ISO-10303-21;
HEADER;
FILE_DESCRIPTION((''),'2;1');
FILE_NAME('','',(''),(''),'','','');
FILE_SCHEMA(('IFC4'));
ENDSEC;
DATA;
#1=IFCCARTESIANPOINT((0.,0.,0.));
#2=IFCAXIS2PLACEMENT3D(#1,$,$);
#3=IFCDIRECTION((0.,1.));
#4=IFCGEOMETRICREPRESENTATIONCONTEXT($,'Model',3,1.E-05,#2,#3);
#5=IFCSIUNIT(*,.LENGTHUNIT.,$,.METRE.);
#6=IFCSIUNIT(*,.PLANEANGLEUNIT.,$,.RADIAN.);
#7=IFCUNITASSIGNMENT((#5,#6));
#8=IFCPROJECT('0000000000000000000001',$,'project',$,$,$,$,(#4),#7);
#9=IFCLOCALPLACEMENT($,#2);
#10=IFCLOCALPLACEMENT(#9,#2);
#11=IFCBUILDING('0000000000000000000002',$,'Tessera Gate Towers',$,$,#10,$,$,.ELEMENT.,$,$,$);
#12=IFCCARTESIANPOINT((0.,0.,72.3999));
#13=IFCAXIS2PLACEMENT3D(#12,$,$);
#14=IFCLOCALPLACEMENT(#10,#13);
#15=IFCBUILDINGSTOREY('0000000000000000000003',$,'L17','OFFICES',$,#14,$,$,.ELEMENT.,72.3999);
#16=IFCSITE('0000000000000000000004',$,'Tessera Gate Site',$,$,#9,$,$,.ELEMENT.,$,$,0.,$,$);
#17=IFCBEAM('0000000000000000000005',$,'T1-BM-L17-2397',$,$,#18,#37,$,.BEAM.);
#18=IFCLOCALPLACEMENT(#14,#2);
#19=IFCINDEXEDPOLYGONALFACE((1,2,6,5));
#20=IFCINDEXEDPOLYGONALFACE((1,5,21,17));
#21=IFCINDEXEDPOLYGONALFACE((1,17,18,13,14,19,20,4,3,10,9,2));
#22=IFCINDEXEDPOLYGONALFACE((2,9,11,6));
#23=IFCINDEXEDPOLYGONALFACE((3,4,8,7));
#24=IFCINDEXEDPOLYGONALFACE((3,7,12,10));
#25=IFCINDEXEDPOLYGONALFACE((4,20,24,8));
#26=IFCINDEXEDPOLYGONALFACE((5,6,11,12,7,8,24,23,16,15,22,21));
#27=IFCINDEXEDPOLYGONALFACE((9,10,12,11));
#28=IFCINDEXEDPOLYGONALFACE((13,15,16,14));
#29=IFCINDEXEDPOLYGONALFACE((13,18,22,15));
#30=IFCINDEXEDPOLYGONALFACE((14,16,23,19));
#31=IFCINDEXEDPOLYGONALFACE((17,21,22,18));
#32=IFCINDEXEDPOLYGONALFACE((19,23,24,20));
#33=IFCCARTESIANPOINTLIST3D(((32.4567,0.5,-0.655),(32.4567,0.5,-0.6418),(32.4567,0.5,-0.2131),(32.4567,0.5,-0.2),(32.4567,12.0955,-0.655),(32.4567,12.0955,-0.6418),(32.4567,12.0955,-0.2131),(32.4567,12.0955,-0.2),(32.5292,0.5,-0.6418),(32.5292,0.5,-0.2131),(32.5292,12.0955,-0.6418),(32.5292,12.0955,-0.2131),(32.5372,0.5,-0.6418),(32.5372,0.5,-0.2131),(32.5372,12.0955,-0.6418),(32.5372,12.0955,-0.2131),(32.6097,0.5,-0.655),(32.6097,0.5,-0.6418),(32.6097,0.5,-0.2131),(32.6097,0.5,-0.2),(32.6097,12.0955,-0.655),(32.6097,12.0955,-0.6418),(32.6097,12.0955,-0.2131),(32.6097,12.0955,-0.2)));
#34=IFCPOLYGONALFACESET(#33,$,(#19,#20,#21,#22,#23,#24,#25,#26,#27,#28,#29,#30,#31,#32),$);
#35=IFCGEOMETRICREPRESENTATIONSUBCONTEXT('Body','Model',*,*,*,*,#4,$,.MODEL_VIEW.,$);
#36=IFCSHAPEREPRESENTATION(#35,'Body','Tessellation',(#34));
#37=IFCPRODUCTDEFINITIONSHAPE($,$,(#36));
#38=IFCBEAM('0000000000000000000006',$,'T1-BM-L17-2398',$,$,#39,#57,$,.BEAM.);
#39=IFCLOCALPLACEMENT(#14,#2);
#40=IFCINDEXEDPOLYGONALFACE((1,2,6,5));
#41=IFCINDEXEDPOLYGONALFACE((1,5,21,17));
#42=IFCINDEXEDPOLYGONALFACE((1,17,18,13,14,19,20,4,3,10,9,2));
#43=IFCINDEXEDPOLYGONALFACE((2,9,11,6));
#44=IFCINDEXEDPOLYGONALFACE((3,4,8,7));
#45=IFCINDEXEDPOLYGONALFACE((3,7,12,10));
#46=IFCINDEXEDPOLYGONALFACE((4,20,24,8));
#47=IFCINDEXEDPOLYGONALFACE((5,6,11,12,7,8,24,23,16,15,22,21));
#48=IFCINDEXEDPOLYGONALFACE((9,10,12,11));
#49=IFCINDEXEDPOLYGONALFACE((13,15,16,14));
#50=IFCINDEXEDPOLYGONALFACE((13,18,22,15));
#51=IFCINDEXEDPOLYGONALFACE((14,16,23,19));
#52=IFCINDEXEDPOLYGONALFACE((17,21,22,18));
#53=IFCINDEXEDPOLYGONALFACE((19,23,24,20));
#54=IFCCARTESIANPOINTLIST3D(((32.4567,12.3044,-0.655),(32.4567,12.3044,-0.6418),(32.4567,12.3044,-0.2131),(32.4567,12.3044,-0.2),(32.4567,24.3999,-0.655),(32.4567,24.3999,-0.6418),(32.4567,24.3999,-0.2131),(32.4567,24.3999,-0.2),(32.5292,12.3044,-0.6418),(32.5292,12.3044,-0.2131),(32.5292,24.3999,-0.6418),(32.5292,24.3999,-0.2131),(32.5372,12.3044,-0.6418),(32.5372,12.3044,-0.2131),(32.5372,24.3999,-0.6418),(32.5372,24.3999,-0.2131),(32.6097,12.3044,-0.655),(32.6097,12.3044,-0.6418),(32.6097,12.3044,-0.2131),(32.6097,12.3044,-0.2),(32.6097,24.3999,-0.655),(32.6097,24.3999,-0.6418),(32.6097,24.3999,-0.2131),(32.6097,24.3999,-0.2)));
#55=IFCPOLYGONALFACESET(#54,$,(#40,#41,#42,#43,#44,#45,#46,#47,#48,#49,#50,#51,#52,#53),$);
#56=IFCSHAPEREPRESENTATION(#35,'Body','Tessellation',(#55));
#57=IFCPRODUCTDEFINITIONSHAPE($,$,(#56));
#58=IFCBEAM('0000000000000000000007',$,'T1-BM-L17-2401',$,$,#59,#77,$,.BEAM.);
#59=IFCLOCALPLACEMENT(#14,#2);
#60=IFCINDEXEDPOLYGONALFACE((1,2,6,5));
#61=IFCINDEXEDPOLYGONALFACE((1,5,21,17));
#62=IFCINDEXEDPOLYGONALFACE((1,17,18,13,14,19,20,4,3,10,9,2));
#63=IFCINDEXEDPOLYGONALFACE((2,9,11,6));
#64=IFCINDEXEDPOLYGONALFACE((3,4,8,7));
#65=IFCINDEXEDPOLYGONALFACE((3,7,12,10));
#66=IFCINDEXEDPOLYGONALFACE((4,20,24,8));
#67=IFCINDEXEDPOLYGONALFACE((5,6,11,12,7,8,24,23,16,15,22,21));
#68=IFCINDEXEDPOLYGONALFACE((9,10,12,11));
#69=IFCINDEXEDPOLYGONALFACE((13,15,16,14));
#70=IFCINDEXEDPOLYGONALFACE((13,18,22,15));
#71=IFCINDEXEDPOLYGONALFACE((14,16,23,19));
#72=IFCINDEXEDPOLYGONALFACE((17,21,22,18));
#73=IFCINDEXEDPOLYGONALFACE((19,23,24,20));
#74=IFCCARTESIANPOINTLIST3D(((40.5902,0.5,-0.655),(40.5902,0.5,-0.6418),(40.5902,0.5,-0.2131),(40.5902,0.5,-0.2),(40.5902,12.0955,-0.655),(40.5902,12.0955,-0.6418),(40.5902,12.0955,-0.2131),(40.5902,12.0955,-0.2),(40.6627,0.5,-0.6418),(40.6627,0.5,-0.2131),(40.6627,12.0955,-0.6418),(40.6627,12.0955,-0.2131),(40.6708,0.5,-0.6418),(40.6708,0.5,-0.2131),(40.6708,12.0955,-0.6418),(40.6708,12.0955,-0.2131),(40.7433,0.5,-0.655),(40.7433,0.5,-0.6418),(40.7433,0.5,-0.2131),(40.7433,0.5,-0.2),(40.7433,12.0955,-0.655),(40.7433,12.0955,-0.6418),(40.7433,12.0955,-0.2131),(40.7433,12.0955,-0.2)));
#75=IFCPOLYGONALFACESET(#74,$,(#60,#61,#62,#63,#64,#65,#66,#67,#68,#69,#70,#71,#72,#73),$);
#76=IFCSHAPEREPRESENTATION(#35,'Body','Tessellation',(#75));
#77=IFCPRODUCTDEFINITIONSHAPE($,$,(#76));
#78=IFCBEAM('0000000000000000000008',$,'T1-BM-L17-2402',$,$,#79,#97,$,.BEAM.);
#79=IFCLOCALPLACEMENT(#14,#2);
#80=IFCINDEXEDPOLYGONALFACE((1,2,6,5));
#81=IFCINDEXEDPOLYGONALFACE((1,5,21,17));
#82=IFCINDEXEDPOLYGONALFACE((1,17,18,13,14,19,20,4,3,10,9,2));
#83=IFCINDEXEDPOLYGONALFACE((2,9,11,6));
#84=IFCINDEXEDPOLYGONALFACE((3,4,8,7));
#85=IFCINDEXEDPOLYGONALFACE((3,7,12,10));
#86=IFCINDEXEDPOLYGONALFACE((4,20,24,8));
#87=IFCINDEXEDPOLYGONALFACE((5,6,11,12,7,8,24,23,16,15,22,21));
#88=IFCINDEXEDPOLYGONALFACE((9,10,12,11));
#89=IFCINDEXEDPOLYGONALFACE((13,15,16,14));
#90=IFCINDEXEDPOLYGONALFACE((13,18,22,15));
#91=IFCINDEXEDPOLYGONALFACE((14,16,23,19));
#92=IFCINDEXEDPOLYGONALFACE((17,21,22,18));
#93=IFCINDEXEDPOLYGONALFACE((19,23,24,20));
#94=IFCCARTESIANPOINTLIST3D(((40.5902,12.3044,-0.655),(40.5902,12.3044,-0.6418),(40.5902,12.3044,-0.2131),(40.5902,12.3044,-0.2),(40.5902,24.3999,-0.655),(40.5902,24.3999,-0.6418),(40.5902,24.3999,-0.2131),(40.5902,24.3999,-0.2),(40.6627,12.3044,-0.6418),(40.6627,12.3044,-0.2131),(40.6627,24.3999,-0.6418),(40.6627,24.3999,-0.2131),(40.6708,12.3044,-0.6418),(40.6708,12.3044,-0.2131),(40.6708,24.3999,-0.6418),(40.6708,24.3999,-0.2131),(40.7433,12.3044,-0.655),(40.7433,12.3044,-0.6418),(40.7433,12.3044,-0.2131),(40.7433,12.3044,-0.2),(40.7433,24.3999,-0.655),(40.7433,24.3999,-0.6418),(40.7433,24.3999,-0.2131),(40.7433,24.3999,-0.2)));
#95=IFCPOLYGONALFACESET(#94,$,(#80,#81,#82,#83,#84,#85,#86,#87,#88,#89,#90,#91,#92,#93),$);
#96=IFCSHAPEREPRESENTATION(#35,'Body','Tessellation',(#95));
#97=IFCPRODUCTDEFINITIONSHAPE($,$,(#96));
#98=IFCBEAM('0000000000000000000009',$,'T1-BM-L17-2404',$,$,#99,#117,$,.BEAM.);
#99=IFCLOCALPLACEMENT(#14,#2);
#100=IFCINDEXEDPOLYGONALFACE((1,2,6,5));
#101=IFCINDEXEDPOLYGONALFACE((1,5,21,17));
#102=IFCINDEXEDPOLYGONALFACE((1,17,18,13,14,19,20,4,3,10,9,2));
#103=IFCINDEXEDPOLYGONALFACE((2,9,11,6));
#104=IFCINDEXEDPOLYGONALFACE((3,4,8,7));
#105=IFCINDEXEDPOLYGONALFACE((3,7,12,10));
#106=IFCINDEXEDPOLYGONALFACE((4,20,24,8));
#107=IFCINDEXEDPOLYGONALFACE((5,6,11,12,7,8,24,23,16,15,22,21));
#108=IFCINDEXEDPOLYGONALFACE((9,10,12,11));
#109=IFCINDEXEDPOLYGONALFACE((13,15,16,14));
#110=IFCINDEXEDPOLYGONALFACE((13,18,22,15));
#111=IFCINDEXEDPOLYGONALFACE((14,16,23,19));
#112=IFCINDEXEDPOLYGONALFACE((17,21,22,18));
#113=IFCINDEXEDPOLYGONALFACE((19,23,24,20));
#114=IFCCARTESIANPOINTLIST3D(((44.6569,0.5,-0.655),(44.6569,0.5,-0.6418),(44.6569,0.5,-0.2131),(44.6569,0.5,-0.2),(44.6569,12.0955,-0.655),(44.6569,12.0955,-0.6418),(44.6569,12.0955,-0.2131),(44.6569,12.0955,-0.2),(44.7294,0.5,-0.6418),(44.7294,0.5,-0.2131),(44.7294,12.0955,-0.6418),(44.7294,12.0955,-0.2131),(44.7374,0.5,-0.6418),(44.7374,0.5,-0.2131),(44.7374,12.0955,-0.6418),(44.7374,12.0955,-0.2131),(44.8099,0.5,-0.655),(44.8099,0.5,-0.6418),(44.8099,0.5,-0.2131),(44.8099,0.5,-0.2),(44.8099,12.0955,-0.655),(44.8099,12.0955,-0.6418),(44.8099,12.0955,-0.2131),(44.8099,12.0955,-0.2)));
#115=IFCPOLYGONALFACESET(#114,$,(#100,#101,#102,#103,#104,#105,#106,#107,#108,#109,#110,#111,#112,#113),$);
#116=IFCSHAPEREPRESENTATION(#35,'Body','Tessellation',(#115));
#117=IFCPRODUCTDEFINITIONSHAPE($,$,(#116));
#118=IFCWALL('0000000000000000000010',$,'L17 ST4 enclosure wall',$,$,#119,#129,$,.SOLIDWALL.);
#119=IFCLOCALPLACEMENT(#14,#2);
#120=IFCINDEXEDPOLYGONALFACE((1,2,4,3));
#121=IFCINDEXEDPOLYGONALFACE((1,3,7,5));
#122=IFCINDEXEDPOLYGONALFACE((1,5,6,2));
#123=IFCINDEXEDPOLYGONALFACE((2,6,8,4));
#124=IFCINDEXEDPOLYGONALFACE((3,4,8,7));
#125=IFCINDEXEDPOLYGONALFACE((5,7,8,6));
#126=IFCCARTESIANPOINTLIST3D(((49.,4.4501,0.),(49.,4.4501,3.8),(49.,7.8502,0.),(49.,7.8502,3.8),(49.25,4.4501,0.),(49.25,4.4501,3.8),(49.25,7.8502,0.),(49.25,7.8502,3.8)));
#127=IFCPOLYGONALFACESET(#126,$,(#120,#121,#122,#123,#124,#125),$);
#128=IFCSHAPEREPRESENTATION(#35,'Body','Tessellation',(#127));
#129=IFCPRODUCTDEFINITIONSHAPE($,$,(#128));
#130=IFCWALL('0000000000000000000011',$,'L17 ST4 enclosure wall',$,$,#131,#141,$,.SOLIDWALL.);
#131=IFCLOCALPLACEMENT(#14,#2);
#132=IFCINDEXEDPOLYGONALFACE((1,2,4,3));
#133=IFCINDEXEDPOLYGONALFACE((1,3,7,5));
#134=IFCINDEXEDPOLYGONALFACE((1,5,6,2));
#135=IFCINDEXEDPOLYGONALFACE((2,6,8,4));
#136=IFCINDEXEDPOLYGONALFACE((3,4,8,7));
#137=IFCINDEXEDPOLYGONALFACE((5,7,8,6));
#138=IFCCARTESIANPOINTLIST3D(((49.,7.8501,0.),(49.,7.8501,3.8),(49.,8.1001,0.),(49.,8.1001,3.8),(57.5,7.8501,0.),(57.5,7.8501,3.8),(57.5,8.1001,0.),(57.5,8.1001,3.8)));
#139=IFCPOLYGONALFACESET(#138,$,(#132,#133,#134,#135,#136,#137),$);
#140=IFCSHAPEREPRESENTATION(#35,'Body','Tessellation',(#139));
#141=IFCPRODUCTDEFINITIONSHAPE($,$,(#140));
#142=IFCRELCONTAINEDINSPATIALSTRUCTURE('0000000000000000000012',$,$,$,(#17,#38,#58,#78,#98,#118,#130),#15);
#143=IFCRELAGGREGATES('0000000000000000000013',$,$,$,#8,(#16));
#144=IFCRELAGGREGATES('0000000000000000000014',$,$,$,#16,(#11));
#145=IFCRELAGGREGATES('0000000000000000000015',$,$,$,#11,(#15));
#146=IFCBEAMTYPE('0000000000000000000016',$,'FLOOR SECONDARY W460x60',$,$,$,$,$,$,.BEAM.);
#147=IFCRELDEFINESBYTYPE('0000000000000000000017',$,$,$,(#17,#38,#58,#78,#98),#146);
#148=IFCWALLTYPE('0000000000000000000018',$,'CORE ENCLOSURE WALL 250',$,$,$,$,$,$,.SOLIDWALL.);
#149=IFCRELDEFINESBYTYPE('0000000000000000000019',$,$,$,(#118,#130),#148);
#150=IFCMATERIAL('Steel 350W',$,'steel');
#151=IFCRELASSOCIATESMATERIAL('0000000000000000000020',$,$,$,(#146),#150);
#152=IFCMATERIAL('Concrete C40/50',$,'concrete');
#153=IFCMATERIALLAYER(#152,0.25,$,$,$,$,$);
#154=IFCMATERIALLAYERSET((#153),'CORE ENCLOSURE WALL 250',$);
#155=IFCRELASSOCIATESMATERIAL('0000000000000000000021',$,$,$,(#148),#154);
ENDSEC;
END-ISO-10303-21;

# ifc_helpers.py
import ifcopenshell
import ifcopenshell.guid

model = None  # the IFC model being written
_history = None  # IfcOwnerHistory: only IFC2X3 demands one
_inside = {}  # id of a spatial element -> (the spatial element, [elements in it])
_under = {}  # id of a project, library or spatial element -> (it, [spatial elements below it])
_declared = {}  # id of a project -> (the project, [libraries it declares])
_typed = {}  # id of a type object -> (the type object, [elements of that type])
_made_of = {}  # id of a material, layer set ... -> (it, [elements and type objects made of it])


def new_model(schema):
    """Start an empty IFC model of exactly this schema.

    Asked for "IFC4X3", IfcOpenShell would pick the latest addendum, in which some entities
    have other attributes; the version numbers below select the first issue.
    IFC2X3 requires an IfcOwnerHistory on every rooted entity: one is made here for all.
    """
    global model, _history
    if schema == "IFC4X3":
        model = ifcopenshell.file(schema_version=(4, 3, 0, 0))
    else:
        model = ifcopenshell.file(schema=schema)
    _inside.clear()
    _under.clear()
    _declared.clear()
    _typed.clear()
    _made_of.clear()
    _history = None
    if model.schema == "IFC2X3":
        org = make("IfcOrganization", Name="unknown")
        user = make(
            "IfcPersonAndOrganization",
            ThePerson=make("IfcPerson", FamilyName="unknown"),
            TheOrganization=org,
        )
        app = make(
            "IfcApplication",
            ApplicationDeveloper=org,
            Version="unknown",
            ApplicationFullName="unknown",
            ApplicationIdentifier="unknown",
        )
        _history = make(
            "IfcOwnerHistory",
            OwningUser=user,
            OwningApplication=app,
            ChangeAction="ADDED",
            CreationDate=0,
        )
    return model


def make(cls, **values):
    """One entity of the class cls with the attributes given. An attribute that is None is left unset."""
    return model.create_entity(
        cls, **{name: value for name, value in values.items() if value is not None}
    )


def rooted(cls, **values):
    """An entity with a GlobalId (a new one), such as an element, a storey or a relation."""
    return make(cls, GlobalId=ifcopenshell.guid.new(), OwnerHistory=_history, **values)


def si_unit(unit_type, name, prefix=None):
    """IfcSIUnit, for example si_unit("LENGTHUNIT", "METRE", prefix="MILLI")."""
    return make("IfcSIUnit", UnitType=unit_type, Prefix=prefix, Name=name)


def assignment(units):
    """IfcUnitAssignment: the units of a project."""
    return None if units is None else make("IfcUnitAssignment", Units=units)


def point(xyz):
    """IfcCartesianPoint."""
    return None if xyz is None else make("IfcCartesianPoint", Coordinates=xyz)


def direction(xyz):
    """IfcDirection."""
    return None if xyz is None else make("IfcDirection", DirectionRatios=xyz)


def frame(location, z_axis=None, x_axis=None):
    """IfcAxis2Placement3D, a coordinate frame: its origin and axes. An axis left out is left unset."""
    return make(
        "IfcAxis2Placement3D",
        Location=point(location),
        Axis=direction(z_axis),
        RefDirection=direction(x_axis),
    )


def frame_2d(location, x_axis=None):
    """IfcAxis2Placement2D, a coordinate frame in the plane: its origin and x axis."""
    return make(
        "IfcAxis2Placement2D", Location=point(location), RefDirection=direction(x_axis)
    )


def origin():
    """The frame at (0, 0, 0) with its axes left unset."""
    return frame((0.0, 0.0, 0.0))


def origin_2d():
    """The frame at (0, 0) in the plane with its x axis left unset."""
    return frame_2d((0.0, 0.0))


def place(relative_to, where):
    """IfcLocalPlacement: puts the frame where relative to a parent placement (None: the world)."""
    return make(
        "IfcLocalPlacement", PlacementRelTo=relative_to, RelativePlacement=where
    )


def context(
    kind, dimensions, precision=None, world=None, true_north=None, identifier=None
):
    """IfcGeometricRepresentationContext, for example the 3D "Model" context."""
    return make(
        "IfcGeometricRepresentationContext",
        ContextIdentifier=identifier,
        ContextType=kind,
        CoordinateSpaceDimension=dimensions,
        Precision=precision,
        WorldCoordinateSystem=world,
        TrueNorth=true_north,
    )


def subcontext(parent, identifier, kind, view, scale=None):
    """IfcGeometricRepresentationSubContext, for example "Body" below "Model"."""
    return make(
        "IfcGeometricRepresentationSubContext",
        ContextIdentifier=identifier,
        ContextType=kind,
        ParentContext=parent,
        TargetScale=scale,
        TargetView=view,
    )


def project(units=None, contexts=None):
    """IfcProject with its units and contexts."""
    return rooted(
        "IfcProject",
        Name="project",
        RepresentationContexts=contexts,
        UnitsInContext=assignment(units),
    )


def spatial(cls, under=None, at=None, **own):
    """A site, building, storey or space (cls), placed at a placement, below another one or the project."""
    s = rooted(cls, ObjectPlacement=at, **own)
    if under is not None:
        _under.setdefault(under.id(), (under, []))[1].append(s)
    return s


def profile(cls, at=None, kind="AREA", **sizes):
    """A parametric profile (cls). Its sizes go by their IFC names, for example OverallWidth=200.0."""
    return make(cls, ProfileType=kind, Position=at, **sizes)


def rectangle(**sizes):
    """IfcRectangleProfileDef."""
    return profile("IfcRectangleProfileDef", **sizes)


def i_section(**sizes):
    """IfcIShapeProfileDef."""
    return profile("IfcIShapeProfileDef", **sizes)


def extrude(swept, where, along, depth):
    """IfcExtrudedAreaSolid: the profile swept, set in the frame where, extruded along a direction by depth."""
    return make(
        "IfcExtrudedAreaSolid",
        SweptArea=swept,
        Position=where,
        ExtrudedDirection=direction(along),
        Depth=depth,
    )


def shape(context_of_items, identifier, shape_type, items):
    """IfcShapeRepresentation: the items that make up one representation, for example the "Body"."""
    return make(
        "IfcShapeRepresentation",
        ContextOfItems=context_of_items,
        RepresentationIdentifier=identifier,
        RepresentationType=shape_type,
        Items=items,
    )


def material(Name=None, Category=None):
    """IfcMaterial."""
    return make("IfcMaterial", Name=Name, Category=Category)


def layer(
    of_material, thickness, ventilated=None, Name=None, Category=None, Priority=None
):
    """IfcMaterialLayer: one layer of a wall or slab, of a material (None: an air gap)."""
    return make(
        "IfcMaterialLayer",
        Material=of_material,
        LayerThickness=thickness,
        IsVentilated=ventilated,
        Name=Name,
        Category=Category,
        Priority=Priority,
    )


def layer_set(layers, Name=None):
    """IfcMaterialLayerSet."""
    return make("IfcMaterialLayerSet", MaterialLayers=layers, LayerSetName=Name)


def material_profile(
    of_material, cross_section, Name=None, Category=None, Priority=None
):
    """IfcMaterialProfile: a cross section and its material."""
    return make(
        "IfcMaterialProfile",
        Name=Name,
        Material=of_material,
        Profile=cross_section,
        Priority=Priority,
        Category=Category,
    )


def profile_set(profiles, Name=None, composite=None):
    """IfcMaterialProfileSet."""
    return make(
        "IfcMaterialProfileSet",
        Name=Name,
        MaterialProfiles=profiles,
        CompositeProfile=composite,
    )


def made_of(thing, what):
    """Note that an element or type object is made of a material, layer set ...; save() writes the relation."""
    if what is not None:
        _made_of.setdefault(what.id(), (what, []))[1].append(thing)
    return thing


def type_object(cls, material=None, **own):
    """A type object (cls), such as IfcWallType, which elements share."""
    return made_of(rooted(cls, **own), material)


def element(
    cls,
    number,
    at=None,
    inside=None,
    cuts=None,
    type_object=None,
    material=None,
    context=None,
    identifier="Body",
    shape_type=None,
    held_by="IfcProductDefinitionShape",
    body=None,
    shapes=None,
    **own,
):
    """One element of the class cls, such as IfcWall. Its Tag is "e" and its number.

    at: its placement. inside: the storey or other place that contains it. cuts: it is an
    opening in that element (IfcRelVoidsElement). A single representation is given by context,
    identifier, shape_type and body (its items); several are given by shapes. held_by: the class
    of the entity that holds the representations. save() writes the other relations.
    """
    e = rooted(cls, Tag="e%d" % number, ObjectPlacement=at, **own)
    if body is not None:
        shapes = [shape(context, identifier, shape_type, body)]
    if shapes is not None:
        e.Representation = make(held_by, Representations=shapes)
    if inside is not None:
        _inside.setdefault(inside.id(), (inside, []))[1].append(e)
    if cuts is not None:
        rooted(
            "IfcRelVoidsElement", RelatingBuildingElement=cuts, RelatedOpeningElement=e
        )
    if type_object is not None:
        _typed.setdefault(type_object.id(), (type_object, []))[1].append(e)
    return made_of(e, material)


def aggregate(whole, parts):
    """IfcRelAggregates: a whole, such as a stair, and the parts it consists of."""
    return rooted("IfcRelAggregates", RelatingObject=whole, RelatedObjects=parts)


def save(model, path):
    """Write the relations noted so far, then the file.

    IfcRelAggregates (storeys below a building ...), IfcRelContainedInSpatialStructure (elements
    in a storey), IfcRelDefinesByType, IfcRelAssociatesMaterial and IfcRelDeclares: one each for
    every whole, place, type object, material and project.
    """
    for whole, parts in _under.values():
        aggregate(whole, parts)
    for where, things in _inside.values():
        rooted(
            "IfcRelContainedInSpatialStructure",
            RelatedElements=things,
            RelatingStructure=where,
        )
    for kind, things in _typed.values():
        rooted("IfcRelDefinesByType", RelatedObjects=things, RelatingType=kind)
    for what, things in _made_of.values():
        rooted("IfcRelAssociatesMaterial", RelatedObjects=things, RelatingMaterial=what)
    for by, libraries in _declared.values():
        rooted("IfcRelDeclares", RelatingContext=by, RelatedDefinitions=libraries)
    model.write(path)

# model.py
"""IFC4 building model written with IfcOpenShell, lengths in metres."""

from ifc_helpers import new_model, si_unit, direction, frame, frame_2d, origin, origin_2d, place, context, subcontext, project, spatial, rectangle, i_section, extrude, material, layer, layer_set, material_profile, profile_set, type_object, element, save


model = new_model("IFC4")

# Units and contexts
model_context = context("Model", 3, precision=1e-05, world=origin(), true_north=direction((0.0, 1.0)))
body_context = subcontext(model_context, "Body", "Model", "MODEL_VIEW")
ifc_project = project(units=[si_unit("LENGTHUNIT", "METRE"), si_unit("PLANEANGLEUNIT", "RADIAN")], contexts=[model_context])

# Site, building, storey
site_placement = place(None, origin())
site = spatial("IfcSite", under=ifc_project, at=site_placement, Name="Tessera Gate Site", CompositionType="ELEMENT", RefElevation=0.0)
building_placement = place(site_placement, origin())
building = spatial("IfcBuilding", under=site, at=building_placement, Name="Tessera Gate Towers", CompositionType="ELEMENT")
storey_placement = place(building_placement, frame((0.0, 0.0, 72.3999)))
storey = spatial("IfcBuildingStorey", under=building, at=storey_placement, Name="L17", Description="OFFICES", CompositionType="ELEMENT", Elevation=72.3999)

# Beams
ifc_material_1 = material(Name="Steel 350W", Category="steel")
ifc_material_profile_1 = material_profile(ifc_material_1, i_section(OverallWidth=0.1531, OverallDepth=0.4551, WebThickness=0.0081, FlangeThickness=0.0132, at=origin_2d()), Name="W460x60")
ifc_profile_set_1 = profile_set([ifc_material_profile_1], Name="Steel 350W")
beam_type_1 = type_object("IfcBeamType", Name="FLOOR SECONDARY W460x60", PredefinedType="BEAM", material=ifc_profile_set_1)
beam_1_placement = place(storey_placement, frame((32.5332, 0.5, -0.4275), z_axis=(0.0, 1.0, 0.0), x_axis=(-1.0, 0.0, 0.0)))
element("IfcBeam", 1, at=beam_1_placement, inside=storey, type_object=beam_type_1, Name="T1-BM-L17-2397", PredefinedType="BEAM", context=body_context, shape_type="SweptSolid", body=[
    extrude(i_section(OverallWidth=0.1531, OverallDepth=0.4551, WebThickness=0.0081, FlangeThickness=0.0132, at=origin_2d()), origin(), (0.0, 0.0, 1.0), 11.5955),
])
beam_2_placement = place(storey_placement, frame((32.5332, 12.3044, -0.4275), z_axis=(0.0, 1.0, 0.0), x_axis=(-1.0, 0.0, 0.0)))
element("IfcBeam", 2, at=beam_2_placement, inside=storey, type_object=beam_type_1, Name="T1-BM-L17-2398", PredefinedType="BEAM", context=body_context, shape_type="SweptSolid", body=[
    extrude(i_section(OverallWidth=0.1531, OverallDepth=0.4551, WebThickness=0.0081, FlangeThickness=0.0132, at=origin_2d()), origin(), (0.0, 0.0, 1.0), 12.0955),
])
beam_3_placement = place(storey_placement, frame((40.6667, 0.5, -0.4275), z_axis=(0.0, 1.0, 0.0), x_axis=(-1.0, 0.0, 0.0)))
element("IfcBeam", 3, at=beam_3_placement, inside=storey, type_object=beam_type_1, Name="T1-BM-L17-2401", PredefinedType="BEAM", context=body_context, shape_type="SweptSolid", body=[
    extrude(i_section(OverallWidth=0.1531, OverallDepth=0.4551, WebThickness=0.0081, FlangeThickness=0.0132, at=origin_2d()), origin(), (0.0, 0.0, 1.0), 11.5955),
])
beam_4_placement = place(storey_placement, frame((40.6667, 12.3044, -0.4275), z_axis=(0.0, 1.0, 0.0), x_axis=(-1.0, 0.0, 0.0)))
element("IfcBeam", 4, at=beam_4_placement, inside=storey, type_object=beam_type_1, Name="T1-BM-L17-2402", PredefinedType="BEAM", context=body_context, shape_type="SweptSolid", body=[
    extrude(i_section(OverallWidth=0.1531, OverallDepth=0.4551, WebThickness=0.0081, FlangeThickness=0.0132, at=origin_2d()), origin(), (0.0, 0.0, 1.0), 12.0955),
])
beam_5_placement = place(storey_placement, frame((44.7334, 0.5, -0.4275), z_axis=(0.0, 1.0, 0.0), x_axis=(-1.0, 0.0, 0.0)))
element("IfcBeam", 5, at=beam_5_placement, inside=storey, type_object=beam_type_1, Name="T1-BM-L17-2404", PredefinedType="BEAM", context=body_context, shape_type="SweptSolid", body=[
    extrude(i_section(OverallWidth=0.1531, OverallDepth=0.4551, WebThickness=0.0081, FlangeThickness=0.0132, at=origin_2d()), origin(), (0.0, 0.0, 1.0), 11.5955),
])

# Walls
ifc_material_2 = material(Name="Concrete C40/50", Category="concrete")
ifc_layer_1 = layer(ifc_material_2, 0.25)
ifc_layer_set_1 = layer_set([ifc_layer_1], Name="CORE ENCLOSURE WALL 250")
wall_type_1 = type_object("IfcWallType", Name="CORE ENCLOSURE WALL 250", PredefinedType="SOLIDWALL", material=ifc_layer_set_1)
wall_1_placement = place(storey_placement, frame((49.125, 4.45, 0.0), z_axis=(0.0, 0.0, 1.0), x_axis=(0.0, 1.0, 0.0)))
element("IfcWall", 6, at=wall_1_placement, inside=storey, type_object=wall_type_1, Name="L17 ST4 enclosure wall", PredefinedType="SOLIDWALL", context=body_context, shape_type="SweptSolid", body=[
    extrude(rectangle(XDim=3.4001, YDim=0.25, at=frame_2d((1.7002, 0.0))), origin(), (0.0, 0.0, 1.0), 3.8),
])
wall_2_placement = place(storey_placement, frame((49.0, 7.9751, 0.0), z_axis=(0.0, 0.0, 1.0), x_axis=(1.0, 0.0, 0.0)))
element("IfcWall", 7, at=wall_2_placement, inside=storey, type_object=wall_type_1, Name="L17 ST4 enclosure wall", PredefinedType="SOLIDWALL", context=body_context, shape_type="SweptSolid", body=[
    extrude(rectangle(XDim=8.5, YDim=0.25, at=frame_2d((4.25, 0.0))), origin(), (0.0, 0.0, 1.0), 3.8),
])

save(model, "model.ifc")
